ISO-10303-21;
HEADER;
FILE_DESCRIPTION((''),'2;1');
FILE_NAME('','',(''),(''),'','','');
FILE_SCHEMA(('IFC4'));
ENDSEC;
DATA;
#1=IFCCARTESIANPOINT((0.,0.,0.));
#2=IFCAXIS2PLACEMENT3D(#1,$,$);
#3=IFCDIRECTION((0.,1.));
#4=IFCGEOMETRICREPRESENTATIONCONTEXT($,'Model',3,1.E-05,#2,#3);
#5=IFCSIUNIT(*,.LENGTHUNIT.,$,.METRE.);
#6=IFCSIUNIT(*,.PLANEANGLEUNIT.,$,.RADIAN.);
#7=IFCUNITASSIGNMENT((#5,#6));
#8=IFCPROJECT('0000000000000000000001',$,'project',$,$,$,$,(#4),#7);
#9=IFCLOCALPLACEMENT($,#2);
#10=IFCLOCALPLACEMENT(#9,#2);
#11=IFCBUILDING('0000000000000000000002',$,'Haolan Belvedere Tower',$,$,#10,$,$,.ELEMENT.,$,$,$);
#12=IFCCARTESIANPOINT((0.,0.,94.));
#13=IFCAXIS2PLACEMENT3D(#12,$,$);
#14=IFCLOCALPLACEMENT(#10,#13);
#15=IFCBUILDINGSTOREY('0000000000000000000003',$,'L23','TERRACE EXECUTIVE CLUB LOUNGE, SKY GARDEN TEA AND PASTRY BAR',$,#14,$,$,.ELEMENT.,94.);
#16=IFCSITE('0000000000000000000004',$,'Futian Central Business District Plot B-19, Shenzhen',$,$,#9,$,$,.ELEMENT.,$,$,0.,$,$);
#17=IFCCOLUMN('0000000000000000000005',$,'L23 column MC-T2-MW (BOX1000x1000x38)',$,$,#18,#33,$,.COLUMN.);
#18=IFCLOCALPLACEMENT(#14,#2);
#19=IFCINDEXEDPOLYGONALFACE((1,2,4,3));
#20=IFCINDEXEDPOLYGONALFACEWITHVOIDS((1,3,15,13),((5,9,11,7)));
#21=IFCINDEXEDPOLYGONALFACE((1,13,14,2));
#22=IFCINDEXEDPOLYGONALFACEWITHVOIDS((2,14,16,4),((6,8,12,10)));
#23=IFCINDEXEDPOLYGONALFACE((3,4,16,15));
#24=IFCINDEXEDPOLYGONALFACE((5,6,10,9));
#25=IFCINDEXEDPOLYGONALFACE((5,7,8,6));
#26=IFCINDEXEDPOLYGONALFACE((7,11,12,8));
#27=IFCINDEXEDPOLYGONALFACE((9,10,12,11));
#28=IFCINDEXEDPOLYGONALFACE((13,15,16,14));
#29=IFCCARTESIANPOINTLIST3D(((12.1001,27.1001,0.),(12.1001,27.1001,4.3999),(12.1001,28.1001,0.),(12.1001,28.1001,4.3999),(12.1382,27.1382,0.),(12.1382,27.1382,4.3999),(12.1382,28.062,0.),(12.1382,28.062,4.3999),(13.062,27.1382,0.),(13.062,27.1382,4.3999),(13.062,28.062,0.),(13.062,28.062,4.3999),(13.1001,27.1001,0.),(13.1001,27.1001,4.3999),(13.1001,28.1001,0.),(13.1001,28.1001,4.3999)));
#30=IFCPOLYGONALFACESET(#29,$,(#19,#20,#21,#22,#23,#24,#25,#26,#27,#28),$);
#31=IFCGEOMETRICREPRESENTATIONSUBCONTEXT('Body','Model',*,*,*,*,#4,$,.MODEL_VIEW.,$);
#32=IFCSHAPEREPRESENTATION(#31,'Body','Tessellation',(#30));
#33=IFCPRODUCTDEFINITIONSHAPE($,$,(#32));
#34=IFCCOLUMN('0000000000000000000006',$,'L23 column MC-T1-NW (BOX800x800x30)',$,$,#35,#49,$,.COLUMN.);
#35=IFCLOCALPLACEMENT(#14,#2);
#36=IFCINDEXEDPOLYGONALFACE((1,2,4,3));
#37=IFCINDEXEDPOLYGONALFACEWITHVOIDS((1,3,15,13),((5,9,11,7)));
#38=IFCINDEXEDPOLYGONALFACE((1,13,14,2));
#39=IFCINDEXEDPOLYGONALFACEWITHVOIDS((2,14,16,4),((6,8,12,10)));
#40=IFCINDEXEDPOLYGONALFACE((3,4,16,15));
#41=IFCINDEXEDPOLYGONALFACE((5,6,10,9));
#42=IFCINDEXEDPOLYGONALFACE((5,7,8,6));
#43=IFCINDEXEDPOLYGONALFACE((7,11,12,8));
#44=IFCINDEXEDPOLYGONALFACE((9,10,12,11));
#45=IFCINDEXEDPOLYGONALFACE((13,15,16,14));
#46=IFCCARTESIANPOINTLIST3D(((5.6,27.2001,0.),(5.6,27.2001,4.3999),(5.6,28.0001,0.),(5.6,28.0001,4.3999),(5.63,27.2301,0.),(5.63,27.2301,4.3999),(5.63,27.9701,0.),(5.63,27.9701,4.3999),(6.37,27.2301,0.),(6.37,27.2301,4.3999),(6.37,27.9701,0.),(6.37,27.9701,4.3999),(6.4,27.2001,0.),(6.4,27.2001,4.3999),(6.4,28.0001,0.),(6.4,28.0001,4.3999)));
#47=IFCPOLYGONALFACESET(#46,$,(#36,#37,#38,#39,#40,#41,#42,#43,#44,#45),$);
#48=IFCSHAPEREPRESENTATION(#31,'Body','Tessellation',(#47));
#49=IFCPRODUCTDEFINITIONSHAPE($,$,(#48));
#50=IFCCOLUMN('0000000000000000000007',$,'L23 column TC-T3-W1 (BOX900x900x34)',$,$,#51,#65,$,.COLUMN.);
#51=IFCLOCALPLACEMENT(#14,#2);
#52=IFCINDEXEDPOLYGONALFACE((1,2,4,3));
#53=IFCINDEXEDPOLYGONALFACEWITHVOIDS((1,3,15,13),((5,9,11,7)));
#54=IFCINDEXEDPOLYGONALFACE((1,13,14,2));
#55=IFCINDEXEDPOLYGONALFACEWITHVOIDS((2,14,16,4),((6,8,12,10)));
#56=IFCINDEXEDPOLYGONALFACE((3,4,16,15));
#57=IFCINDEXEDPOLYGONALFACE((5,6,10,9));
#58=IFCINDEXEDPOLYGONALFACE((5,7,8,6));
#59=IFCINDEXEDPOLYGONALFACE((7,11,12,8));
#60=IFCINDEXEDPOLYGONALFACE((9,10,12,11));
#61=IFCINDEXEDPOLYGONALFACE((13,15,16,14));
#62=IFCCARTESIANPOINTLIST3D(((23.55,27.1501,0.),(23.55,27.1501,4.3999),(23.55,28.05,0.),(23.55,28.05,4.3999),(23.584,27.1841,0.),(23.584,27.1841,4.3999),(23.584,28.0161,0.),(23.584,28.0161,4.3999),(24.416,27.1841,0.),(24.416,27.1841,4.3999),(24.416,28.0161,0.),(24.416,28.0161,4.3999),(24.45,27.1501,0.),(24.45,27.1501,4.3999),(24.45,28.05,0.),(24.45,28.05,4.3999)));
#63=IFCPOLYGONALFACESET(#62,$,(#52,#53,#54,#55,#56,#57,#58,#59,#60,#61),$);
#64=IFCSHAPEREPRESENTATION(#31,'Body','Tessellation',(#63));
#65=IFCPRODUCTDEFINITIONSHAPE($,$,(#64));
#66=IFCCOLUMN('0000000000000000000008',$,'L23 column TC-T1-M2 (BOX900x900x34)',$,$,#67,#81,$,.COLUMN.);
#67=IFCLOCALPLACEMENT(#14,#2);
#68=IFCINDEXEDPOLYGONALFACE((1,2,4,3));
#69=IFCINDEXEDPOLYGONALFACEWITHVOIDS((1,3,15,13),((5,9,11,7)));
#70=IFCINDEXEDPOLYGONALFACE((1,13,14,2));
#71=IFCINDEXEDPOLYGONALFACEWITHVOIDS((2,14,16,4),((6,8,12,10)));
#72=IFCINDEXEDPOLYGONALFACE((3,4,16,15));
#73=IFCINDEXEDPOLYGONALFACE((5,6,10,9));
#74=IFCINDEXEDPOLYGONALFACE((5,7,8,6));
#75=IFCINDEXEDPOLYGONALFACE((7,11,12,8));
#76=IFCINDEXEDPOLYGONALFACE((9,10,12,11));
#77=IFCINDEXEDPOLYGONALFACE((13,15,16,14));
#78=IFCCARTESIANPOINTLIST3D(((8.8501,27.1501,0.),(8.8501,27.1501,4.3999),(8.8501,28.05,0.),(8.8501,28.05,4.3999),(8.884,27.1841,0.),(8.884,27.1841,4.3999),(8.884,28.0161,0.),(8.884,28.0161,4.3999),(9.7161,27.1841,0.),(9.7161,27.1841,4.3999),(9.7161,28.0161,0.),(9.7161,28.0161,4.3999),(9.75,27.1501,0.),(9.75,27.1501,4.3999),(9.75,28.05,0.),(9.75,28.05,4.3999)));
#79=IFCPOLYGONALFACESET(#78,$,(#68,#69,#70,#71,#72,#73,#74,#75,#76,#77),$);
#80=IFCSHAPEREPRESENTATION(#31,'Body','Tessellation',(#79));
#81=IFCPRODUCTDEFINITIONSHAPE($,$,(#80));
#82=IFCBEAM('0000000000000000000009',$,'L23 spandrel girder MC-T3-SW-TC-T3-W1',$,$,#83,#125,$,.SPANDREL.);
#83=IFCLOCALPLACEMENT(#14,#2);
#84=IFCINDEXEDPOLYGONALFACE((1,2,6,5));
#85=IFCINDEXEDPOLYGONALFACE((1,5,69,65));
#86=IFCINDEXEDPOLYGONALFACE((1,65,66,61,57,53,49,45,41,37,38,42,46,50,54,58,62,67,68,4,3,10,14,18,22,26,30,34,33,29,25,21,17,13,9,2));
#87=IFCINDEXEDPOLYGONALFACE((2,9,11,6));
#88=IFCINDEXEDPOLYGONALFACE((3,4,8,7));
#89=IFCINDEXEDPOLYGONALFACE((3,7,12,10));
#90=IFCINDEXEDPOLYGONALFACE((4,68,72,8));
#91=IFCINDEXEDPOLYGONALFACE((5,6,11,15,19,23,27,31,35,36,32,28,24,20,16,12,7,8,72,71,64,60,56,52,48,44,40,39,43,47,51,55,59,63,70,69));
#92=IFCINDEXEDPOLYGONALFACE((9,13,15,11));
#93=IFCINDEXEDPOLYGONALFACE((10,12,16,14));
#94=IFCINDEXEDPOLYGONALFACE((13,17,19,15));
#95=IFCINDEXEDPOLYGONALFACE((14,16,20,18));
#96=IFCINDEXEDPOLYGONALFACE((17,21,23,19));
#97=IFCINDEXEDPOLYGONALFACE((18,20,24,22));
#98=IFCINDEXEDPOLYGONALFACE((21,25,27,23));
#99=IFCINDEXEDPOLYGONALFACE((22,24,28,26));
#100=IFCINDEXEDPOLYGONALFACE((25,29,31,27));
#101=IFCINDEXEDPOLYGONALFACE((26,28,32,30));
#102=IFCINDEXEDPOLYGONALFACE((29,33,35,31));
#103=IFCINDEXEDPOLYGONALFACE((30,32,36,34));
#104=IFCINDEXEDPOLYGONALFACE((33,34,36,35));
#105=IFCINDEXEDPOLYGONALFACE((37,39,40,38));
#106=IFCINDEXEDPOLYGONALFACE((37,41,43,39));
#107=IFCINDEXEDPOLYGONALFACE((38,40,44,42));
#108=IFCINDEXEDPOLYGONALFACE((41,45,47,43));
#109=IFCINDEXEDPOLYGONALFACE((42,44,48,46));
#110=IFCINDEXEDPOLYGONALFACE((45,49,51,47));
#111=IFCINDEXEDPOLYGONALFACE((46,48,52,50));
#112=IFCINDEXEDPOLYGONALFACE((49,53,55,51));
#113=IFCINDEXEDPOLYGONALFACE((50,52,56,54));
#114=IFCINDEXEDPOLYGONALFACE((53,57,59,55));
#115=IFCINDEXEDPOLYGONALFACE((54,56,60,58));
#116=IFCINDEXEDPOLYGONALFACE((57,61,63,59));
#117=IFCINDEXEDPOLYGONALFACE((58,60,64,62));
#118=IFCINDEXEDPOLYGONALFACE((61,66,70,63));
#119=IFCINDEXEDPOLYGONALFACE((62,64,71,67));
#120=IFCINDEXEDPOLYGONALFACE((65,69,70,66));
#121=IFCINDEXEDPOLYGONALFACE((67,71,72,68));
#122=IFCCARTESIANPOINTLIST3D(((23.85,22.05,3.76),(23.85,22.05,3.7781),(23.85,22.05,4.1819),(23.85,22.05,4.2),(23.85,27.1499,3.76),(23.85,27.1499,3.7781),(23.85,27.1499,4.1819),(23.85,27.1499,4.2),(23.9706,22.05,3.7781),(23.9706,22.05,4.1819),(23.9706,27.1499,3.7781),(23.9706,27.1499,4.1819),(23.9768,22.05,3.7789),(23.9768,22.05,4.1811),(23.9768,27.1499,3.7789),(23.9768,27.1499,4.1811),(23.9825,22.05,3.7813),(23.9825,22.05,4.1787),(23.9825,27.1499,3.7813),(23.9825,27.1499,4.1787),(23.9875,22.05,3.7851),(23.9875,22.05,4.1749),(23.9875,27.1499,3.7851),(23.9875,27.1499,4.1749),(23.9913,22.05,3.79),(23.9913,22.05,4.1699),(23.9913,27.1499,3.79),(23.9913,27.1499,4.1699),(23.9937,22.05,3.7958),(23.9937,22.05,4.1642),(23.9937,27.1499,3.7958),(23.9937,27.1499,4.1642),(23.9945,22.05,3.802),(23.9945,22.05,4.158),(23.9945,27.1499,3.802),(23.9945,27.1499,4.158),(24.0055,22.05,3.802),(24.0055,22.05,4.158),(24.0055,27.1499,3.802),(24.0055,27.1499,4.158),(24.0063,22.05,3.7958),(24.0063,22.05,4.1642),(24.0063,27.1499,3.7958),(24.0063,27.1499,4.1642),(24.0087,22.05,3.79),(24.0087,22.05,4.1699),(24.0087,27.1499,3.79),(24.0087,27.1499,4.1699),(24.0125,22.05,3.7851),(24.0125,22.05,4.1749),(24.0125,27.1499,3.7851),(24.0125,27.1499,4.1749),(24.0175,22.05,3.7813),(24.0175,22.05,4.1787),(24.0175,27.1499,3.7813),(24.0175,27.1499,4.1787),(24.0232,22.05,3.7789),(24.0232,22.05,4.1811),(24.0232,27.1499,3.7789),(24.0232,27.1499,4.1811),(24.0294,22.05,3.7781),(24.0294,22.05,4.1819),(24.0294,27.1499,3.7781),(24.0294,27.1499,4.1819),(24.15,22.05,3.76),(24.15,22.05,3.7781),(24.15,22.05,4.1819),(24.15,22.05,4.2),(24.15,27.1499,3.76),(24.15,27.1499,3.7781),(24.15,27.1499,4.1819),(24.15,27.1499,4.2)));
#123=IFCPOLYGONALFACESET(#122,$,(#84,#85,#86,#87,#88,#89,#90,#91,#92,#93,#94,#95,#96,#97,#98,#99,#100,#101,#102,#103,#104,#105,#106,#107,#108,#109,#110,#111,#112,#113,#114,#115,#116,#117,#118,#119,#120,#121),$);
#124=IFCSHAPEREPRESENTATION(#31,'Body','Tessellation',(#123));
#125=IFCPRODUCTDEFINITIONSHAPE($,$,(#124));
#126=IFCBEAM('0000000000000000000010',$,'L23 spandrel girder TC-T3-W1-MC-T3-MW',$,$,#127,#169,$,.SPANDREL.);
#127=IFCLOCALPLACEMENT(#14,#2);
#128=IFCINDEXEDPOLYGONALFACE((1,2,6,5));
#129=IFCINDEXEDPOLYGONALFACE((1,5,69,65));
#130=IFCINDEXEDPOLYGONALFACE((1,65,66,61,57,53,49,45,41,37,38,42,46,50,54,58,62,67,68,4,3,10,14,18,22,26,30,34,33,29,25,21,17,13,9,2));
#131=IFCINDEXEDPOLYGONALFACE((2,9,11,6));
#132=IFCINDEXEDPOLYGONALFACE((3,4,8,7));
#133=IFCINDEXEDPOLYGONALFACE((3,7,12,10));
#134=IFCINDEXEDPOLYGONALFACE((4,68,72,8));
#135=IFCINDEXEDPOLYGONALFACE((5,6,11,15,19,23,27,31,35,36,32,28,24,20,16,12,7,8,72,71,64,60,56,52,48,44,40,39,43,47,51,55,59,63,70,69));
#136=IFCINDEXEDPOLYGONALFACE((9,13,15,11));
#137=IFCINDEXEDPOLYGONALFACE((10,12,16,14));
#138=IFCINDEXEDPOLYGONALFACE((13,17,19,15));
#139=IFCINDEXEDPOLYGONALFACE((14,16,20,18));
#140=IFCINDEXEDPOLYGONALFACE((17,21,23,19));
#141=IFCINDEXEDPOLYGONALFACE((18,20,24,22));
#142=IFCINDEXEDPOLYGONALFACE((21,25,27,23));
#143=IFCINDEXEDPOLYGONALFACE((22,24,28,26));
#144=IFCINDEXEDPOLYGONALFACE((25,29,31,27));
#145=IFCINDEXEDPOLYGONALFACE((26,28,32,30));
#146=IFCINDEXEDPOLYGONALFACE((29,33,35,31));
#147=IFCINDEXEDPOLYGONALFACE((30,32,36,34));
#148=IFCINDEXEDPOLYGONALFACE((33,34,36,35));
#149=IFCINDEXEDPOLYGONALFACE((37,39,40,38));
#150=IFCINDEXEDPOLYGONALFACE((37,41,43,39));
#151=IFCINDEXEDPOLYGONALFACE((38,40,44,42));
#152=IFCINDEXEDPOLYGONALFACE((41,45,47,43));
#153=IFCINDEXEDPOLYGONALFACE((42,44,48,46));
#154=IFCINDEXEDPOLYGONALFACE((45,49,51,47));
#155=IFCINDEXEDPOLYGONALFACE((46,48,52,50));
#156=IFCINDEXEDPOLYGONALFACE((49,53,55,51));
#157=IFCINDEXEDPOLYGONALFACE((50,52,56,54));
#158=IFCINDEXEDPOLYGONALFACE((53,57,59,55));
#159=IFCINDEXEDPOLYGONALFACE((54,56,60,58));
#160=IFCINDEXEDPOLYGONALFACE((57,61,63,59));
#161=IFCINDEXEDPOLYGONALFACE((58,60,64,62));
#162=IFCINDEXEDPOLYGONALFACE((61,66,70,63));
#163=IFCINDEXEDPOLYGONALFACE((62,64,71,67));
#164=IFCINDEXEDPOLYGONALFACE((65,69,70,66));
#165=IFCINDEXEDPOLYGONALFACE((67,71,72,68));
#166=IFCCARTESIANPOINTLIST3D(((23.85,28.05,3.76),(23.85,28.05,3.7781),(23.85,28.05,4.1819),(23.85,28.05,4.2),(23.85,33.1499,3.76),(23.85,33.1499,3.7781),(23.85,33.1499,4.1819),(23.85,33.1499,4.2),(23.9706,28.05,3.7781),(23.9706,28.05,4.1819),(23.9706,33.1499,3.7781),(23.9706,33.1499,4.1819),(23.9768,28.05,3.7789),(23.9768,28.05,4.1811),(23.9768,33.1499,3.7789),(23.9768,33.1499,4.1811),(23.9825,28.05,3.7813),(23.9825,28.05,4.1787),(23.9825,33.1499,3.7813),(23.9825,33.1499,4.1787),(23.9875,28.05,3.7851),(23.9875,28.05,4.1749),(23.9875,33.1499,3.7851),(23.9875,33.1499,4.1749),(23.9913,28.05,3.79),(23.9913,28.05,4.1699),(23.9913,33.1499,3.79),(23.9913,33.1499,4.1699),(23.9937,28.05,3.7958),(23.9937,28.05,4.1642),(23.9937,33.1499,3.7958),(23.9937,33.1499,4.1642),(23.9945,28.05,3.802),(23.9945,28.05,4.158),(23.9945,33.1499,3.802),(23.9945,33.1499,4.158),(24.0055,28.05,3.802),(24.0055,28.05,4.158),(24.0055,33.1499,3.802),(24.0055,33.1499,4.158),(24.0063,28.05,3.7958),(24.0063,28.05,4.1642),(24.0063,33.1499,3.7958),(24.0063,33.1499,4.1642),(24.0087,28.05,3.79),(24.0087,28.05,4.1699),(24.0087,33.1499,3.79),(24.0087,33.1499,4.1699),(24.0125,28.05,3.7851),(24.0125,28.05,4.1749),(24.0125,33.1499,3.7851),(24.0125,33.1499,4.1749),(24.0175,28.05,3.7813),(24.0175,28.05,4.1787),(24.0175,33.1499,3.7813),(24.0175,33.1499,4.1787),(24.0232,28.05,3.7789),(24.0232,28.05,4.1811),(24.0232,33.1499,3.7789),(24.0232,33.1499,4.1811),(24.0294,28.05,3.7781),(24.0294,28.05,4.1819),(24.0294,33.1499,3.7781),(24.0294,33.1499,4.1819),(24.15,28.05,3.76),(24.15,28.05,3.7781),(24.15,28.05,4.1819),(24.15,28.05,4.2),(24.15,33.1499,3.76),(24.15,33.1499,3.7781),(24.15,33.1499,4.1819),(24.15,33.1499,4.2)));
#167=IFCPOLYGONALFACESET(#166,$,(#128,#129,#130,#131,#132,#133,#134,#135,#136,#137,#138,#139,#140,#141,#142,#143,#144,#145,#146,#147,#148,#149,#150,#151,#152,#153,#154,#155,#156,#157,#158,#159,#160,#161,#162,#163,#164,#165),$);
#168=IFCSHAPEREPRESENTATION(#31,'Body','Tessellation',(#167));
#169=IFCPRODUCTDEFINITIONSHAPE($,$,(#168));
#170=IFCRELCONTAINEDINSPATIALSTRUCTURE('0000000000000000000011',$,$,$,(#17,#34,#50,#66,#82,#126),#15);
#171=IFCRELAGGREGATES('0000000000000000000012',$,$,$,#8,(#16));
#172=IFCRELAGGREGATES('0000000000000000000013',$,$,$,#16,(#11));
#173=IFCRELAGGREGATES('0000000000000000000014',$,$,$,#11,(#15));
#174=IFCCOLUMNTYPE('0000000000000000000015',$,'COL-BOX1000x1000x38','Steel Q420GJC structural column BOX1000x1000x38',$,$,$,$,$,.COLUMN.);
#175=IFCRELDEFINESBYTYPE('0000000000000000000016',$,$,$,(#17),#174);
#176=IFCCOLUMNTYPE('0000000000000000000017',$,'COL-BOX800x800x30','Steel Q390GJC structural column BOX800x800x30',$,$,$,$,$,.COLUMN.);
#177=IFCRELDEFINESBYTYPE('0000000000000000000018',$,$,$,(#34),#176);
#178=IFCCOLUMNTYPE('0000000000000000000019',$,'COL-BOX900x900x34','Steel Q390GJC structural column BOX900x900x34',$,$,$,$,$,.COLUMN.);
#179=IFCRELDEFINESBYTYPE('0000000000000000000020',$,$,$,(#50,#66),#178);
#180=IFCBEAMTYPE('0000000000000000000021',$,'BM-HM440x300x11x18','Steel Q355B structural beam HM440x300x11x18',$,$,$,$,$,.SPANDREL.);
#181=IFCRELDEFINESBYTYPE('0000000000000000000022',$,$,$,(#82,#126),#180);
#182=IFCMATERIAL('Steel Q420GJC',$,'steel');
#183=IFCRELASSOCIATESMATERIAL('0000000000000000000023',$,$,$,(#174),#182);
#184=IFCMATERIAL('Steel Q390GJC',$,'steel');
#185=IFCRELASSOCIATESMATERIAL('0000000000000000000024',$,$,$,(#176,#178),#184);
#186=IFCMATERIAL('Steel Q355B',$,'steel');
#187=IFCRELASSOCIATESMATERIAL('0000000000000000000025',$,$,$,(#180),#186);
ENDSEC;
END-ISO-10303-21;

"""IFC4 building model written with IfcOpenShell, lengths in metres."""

from ifc_helpers import new_model, si_unit, direction, frame, origin, origin_2d, place, context, subcontext, project, spatial, hollow_rectangle, i_section, extrude, material, material_profile, profile_set, type_object, element, save


model = new_model("IFC4")

# Units and contexts
model_context = context("Model", 3, precision=1e-05, world=origin(), true_north=direction((0.0, 1.0)))
body_context = subcontext(model_context, "Body", "Model", "MODEL_VIEW")
ifc_project = project(units=[si_unit("LENGTHUNIT", "METRE"), si_unit("PLANEANGLEUNIT", "RADIAN")], contexts=[model_context])

# Site, building, storey
site_placement = place(None, origin())
site = spatial("IfcSite", under=ifc_project, at=site_placement, Name="Futian Central Business District Plot B-19, Shenzhen", CompositionType="ELEMENT", RefElevation=0.0)
building_placement = place(site_placement, origin())
building = spatial("IfcBuilding", under=site, at=building_placement, Name="Haolan Belvedere Tower", CompositionType="ELEMENT")
storey_placement = place(building_placement, frame((0.0, 0.0, 94.0)))
storey = spatial("IfcBuildingStorey", under=building, at=storey_placement, Name="L23", Description="TERRACE EXECUTIVE CLUB LOUNGE, SKY GARDEN TEA AND PASTRY BAR", CompositionType="ELEMENT", Elevation=94.0)

# Columns
ifc_material_1 = material(Name="Steel Q420GJC", Category="steel")
ifc_material_profile_1 = material_profile(ifc_material_1, hollow_rectangle(XDim=1.0, YDim=1.0, WallThickness=0.0381, at=origin_2d()), Name="Steel Q420GJC")
ifc_profile_set_1 = profile_set([ifc_material_profile_1], Name="Steel Q420GJC")
column_type_1 = type_object("IfcColumnType", Name="COL-BOX1000x1000x38", Description="Steel Q420GJC structural column BOX1000x1000x38", PredefinedType="COLUMN", material=ifc_profile_set_1)
column_1_placement = place(storey_placement, frame((12.6001, 27.6001, 0.0), z_axis=(0.0, 0.0, 1.0), x_axis=(1.0, 0.0, 0.0)))
element("IfcColumn", 1, at=column_1_placement, inside=storey, type_object=column_type_1, Name="L23 column MC-T2-MW (BOX1000x1000x38)", PredefinedType="COLUMN", context=body_context, shape_type="SweptSolid", body=[
    extrude(hollow_rectangle(XDim=1.0, YDim=1.0, WallThickness=0.0381, at=origin_2d()), origin(), (0.0, 0.0, 1.0), 4.3999),
])
ifc_material_2 = material(Name="Steel Q390GJC", Category="steel")
ifc_material_profile_2 = material_profile(ifc_material_2, hollow_rectangle(XDim=0.8, YDim=0.8, WallThickness=0.03, at=origin_2d()), Name="Steel Q390GJC")
ifc_profile_set_2 = profile_set([ifc_material_profile_2], Name="Steel Q390GJC")
column_type_2 = type_object("IfcColumnType", Name="COL-BOX800x800x30", Description="Steel Q390GJC structural column BOX800x800x30", PredefinedType="COLUMN", material=ifc_profile_set_2)
column_2_placement = place(storey_placement, frame((6.0, 27.6001, 0.0), z_axis=(0.0, 0.0, 1.0), x_axis=(1.0, 0.0, 0.0)))
element("IfcColumn", 2, at=column_2_placement, inside=storey, type_object=column_type_2, Name="L23 column MC-T1-NW (BOX800x800x30)", PredefinedType="COLUMN", context=body_context, shape_type="SweptSolid", body=[
    extrude(hollow_rectangle(XDim=0.8, YDim=0.8, WallThickness=0.03, at=origin_2d()), origin(), (0.0, 0.0, 1.0), 4.3999),
])
ifc_material_profile_3 = material_profile(ifc_material_2, hollow_rectangle(XDim=0.8999, YDim=0.8999, WallThickness=0.0339, at=origin_2d()), Name="Steel Q390GJC")
ifc_profile_set_3 = profile_set([ifc_material_profile_3], Name="Steel Q390GJC")
column_type_3 = type_object("IfcColumnType", Name="COL-BOX900x900x34", Description="Steel Q390GJC structural column BOX900x900x34", PredefinedType="COLUMN", material=ifc_profile_set_3)
for number, where, z_axis, x_axis, name in (
    (3, (24.0, 27.6001, 0.0), (0.0, 0.0, 1.0), (1.0, 0.0, 0.0), "L23 column TC-T3-W1 (BOX900x900x34)"),
    (4, (9.3, 27.6001, 0.0), (0.0, 0.0, 1.0), (1.0, 0.0, 0.0), "L23 column TC-T1-M2 (BOX900x900x34)"),
):
    element("IfcColumn", number, at=place(storey_placement, frame(where, z_axis=z_axis, x_axis=x_axis)), inside=storey, type_object=column_type_3, Name=name, PredefinedType="COLUMN", context=body_context, shape_type="SweptSolid", body=[
        extrude(hollow_rectangle(XDim=0.8999, YDim=0.8999, WallThickness=0.0339, at=origin_2d()), origin(), (0.0, 0.0, 1.0), 4.3999),
    ])

# Beams
ifc_material_3 = material(Name="Steel Q355B", Category="steel")
ifc_material_profile_4 = material_profile(ifc_material_3, i_section(OverallWidth=0.3, OverallDepth=0.4399, WebThickness=0.011, FlangeThickness=0.0181, FilletRadius=0.0239, at=origin_2d()), Name="Steel Q355B")
ifc_profile_set_4 = profile_set([ifc_material_profile_4], Name="Steel Q355B")
beam_type_1 = type_object("IfcBeamType", Name="BM-HM440x300x11x18", Description="Steel Q355B structural beam HM440x300x11x18", PredefinedType="SPANDREL", material=ifc_profile_set_4)
for number, where, z_axis, x_axis, name in (
    (5, (24.0, 22.05, 3.98), (0.0, 1.0, 0.0), (-1.0, 0.0, 0.0), "L23 spandrel girder MC-T3-SW-TC-T3-W1"),
    (6, (24.0, 28.05, 3.98), (0.0, 1.0, 0.0), (-1.0, 0.0, 0.0), "L23 spandrel girder TC-T3-W1-MC-T3-MW"),
):
    element("IfcBeam", number, at=place(storey_placement, frame(where, z_axis=z_axis, x_axis=x_axis)), inside=storey, type_object=beam_type_1, Name=name, PredefinedType="SPANDREL", context=body_context, shape_type="SweptSolid", body=[
        extrude(i_section(OverallWidth=0.3, OverallDepth=0.4399, WebThickness=0.011, FlangeThickness=0.0181, FilletRadius=0.0239, at=origin_2d()), origin(), (0.0, 0.0, 1.0), 5.0999),
    ])

save(model, "model.ifc")
